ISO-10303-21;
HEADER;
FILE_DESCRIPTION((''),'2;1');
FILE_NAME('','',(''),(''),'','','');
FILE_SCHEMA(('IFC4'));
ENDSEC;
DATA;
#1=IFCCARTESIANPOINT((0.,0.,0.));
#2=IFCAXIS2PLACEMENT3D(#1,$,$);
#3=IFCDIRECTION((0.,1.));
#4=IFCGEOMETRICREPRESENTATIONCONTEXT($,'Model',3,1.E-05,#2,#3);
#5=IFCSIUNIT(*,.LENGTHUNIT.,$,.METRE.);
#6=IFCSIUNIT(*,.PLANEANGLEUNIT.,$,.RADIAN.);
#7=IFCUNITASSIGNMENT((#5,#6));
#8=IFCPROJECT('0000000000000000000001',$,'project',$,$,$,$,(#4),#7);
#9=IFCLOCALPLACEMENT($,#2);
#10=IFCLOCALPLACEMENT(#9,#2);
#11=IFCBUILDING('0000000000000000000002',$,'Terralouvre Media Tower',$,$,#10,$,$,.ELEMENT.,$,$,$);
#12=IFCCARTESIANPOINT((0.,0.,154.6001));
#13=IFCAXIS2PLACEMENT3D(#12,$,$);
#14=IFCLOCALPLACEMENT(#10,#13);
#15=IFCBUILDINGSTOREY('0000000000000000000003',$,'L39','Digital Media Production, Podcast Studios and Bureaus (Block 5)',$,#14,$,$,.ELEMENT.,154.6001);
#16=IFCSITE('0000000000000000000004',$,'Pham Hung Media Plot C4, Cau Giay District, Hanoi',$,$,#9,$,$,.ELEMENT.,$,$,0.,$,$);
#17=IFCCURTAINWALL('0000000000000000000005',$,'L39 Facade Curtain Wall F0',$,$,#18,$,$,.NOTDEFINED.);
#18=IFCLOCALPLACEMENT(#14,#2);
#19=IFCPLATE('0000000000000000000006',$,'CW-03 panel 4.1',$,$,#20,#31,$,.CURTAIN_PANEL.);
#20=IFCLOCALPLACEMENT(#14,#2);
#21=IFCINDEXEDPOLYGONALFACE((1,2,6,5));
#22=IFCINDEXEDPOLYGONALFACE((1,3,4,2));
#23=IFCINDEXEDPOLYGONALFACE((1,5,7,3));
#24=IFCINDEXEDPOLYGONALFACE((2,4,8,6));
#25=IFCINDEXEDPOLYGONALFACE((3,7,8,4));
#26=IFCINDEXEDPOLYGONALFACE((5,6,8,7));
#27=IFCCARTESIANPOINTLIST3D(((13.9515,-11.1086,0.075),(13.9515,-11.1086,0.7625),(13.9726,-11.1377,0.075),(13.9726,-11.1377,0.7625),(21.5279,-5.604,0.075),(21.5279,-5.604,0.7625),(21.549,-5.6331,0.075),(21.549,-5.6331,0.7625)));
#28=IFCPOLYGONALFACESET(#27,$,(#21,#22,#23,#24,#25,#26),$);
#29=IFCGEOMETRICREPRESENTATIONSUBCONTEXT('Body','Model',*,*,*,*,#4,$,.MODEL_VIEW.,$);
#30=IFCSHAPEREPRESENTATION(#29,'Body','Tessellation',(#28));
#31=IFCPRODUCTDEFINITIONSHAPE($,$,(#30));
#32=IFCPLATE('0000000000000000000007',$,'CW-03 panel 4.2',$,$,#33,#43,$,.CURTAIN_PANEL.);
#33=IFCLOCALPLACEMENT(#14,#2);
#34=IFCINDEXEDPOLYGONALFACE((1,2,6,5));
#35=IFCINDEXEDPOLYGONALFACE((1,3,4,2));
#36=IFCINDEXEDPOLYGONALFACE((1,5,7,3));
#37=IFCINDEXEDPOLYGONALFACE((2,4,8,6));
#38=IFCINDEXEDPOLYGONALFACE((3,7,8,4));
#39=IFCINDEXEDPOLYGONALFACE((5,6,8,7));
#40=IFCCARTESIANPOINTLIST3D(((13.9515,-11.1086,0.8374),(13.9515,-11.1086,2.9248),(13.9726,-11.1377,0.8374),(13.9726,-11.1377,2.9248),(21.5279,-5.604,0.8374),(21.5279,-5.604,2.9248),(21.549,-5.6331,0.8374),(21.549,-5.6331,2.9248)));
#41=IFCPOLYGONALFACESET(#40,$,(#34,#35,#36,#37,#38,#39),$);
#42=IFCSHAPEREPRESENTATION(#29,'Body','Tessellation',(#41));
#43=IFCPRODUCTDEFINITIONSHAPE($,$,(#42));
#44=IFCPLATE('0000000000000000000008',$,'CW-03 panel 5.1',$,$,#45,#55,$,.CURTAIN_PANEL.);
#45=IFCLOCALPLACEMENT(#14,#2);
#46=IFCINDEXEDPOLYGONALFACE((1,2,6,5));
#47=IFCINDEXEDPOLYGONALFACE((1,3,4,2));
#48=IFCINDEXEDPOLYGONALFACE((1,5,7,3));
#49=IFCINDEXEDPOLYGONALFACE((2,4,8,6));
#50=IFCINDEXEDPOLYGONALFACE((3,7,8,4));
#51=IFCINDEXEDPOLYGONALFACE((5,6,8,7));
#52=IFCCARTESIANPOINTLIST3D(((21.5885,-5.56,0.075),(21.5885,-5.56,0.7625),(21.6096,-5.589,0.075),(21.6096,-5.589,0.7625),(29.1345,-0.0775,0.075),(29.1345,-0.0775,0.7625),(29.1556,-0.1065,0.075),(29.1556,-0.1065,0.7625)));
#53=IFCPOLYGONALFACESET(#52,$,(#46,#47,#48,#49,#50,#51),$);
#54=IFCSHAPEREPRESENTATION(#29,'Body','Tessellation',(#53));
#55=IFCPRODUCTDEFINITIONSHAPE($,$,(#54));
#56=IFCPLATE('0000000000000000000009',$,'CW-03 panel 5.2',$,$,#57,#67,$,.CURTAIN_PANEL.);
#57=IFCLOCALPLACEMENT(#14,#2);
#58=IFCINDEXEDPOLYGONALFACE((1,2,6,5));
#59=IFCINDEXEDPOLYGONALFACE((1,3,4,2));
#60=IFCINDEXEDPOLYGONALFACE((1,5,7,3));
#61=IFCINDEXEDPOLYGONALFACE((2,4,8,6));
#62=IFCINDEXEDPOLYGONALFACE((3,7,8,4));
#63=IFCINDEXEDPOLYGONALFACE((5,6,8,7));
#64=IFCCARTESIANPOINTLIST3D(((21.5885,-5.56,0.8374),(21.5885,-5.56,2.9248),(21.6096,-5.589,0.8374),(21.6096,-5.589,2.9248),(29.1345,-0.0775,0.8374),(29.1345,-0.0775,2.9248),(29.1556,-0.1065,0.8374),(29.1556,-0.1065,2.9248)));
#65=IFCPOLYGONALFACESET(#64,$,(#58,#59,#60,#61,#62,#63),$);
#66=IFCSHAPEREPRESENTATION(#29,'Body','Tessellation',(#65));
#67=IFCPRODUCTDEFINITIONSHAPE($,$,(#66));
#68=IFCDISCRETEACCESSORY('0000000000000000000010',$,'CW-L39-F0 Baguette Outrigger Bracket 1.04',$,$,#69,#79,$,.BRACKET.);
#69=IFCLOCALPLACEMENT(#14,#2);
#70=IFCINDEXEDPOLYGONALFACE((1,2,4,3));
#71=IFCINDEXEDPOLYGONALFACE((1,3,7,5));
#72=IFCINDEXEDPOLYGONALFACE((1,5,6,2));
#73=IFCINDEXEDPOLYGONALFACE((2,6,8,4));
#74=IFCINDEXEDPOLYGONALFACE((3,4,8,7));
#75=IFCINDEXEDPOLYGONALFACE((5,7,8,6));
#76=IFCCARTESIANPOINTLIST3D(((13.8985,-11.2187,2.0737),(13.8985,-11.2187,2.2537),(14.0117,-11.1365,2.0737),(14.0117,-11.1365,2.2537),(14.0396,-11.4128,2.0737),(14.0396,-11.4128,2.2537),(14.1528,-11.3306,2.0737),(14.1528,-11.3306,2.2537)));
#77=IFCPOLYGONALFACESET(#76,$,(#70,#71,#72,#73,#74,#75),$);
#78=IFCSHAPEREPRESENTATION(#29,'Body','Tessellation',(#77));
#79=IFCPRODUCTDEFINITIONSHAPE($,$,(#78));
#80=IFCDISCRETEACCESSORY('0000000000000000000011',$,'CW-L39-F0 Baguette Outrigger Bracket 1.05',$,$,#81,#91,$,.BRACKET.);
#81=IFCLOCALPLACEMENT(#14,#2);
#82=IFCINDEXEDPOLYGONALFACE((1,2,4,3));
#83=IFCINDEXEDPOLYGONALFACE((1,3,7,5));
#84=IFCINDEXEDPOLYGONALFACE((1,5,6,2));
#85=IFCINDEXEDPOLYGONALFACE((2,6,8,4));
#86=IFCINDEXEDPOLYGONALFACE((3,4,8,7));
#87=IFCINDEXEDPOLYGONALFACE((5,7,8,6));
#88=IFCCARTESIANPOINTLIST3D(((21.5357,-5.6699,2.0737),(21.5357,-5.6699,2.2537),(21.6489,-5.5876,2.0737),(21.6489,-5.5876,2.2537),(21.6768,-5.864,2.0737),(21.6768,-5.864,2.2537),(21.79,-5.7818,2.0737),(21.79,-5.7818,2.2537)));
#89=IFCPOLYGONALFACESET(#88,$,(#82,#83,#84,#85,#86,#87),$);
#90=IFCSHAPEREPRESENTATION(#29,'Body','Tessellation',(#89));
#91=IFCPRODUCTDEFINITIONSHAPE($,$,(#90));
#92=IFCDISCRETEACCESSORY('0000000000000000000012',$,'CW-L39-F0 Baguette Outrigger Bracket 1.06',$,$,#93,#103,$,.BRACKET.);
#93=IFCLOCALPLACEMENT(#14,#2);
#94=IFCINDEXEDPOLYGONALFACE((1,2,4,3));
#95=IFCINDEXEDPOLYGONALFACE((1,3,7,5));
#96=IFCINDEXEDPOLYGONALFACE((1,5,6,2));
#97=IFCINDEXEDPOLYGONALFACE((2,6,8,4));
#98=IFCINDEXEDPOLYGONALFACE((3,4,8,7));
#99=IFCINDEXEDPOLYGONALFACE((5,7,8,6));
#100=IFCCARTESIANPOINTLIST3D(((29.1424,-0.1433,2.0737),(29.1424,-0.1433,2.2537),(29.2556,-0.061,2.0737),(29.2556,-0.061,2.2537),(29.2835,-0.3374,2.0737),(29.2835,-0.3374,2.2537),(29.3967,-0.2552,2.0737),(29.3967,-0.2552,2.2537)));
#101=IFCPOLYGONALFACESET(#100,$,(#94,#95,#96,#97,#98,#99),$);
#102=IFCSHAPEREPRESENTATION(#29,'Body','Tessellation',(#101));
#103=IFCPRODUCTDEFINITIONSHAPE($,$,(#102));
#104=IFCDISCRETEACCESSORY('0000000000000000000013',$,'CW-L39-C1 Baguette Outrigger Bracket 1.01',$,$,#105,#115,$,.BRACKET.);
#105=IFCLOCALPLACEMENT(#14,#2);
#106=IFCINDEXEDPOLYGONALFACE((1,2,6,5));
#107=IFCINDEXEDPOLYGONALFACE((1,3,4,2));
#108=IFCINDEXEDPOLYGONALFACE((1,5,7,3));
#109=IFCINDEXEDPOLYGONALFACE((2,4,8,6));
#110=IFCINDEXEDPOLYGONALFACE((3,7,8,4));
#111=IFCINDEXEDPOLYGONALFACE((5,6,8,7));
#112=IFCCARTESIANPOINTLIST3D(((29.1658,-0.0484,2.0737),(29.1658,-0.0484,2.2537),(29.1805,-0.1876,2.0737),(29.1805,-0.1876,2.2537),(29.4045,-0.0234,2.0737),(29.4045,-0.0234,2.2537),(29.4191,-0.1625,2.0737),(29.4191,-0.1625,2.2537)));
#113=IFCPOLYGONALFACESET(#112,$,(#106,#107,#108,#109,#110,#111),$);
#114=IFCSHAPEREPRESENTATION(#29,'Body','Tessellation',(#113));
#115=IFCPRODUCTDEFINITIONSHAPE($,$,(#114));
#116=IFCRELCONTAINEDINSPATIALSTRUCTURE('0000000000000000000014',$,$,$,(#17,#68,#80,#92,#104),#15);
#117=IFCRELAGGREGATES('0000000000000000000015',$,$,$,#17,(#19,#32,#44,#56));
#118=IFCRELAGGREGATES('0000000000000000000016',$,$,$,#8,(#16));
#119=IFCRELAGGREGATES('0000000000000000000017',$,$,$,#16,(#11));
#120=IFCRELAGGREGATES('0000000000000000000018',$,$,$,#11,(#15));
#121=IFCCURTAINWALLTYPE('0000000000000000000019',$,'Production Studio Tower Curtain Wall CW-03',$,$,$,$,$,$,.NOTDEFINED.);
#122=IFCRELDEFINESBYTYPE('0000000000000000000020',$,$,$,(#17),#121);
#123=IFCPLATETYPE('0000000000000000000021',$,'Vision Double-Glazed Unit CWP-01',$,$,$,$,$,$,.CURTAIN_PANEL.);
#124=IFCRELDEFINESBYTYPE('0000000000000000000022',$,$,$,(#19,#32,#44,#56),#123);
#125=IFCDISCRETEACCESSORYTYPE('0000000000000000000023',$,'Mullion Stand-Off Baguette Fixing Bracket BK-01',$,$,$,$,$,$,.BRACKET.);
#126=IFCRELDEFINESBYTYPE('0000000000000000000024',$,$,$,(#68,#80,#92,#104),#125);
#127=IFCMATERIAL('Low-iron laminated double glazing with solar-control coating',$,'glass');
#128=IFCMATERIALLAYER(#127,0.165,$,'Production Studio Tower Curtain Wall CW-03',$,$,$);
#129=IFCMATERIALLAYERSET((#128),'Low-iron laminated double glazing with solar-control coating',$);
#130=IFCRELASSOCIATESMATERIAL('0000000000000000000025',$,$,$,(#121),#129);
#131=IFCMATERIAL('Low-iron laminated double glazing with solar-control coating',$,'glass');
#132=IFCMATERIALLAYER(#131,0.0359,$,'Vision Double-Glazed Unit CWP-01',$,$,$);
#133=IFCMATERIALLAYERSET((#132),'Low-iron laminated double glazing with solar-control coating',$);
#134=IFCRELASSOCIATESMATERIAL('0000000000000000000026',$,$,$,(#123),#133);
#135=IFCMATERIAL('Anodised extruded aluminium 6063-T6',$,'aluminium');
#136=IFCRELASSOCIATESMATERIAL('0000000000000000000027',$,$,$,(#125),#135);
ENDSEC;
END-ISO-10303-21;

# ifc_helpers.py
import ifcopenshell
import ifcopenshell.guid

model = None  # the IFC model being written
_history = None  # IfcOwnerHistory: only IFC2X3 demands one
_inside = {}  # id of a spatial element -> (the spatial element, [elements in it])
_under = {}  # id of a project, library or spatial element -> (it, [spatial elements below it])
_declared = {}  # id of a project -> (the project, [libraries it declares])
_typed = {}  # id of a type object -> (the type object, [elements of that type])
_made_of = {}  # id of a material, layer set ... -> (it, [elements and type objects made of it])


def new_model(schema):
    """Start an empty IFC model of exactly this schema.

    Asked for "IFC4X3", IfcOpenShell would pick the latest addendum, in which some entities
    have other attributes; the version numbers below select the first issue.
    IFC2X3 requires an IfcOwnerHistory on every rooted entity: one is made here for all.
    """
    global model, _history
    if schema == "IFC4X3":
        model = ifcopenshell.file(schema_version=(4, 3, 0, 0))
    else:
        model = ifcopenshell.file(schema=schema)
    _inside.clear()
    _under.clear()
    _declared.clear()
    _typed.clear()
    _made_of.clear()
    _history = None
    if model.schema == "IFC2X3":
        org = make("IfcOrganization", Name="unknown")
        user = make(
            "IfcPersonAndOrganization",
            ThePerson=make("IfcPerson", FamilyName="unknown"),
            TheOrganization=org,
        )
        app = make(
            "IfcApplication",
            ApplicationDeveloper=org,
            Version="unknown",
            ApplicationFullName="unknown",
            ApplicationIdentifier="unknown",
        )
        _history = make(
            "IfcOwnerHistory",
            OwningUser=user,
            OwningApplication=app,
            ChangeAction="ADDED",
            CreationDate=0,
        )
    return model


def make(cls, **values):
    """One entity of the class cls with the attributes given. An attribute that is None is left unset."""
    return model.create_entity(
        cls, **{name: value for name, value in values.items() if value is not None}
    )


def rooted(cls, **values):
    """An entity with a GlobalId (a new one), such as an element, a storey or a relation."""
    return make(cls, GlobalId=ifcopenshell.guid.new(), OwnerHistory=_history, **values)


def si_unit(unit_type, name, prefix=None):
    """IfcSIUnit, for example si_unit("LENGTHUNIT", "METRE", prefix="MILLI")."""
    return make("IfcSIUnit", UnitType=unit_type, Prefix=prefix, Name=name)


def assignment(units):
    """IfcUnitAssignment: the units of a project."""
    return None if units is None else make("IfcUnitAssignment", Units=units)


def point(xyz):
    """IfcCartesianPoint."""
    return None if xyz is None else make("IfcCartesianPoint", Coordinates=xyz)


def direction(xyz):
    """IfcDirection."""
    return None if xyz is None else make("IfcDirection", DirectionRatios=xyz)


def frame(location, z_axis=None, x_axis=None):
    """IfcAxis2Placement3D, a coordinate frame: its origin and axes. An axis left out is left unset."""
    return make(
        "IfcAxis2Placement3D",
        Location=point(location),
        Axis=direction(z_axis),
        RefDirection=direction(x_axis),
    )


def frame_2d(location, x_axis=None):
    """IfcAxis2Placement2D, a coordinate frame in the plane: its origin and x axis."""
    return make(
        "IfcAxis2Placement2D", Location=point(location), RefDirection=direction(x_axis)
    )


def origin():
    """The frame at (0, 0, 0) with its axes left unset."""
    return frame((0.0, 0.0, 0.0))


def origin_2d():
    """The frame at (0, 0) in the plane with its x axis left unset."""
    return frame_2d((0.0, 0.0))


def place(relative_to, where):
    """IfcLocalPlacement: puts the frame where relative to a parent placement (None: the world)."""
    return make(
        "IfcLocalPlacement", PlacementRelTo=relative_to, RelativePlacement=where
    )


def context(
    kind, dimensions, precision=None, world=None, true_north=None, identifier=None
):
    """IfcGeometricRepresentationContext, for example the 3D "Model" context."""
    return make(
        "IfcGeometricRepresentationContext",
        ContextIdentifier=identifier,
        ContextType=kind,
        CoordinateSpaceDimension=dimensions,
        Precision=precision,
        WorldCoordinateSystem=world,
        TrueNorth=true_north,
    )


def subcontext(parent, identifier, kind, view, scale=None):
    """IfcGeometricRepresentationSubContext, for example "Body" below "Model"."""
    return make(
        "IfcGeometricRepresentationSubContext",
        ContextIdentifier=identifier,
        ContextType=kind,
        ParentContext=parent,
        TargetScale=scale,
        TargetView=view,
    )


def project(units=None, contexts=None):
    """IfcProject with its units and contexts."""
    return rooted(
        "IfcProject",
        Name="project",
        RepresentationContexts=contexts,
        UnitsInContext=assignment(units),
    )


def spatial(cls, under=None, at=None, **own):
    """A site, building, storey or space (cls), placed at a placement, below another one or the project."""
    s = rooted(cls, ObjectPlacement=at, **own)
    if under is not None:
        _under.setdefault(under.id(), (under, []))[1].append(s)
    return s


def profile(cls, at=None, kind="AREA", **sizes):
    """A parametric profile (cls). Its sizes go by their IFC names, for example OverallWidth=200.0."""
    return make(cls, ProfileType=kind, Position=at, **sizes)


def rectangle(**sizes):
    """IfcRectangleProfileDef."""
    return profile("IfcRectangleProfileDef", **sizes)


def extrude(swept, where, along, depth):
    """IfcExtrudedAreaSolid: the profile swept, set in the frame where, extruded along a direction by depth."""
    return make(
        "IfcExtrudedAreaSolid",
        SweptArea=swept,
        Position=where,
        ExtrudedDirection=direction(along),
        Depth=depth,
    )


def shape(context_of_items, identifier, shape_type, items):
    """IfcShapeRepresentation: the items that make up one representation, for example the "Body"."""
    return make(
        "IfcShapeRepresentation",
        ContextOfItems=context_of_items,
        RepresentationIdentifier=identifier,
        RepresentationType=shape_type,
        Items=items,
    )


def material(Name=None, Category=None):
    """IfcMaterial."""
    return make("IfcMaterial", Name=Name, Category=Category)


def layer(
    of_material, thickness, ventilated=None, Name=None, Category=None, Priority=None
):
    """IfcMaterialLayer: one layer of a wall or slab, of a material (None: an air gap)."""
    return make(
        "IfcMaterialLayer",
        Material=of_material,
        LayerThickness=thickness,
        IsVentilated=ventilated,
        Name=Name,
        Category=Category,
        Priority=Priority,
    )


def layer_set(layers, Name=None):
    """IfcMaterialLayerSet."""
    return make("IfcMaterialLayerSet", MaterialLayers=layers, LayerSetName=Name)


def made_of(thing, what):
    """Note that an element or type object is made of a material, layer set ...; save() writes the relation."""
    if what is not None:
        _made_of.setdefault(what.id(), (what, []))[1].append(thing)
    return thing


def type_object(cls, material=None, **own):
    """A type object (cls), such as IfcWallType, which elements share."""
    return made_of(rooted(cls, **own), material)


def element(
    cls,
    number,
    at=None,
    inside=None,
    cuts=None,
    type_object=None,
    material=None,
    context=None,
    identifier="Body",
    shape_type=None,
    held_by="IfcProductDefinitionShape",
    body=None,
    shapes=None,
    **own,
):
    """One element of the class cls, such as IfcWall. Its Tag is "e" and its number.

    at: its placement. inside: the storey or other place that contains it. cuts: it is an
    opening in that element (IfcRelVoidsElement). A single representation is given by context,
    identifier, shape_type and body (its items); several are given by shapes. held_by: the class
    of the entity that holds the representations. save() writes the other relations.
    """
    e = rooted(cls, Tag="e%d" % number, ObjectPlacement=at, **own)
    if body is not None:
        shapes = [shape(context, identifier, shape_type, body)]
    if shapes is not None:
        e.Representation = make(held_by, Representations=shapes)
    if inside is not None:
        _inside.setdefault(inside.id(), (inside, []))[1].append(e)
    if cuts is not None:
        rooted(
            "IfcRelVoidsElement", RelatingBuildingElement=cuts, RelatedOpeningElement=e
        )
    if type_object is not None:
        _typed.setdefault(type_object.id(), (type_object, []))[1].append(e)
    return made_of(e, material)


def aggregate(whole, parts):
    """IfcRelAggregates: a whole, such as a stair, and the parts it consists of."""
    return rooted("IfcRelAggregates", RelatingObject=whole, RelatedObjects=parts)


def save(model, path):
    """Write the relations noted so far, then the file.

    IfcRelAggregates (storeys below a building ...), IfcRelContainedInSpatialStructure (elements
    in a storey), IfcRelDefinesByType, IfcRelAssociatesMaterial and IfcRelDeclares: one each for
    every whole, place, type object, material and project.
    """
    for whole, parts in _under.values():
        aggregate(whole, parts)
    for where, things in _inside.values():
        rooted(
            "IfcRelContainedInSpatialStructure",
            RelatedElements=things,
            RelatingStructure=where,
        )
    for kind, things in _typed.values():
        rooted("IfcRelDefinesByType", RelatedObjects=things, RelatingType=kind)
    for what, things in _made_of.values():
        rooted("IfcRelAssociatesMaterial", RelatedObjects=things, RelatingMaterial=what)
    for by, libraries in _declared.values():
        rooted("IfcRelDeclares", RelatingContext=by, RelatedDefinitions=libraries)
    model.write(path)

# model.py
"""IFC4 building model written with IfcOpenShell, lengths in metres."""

from ifc_helpers import new_model, si_unit, direction, frame, origin, origin_2d, place, context, subcontext, project, spatial, rectangle, extrude, material, layer, layer_set, type_object, element, aggregate, save


model = new_model("IFC4")

# Units and contexts
model_context = context("Model", 3, precision=1e-05, world=origin(), true_north=direction((0.0, 1.0)))
body_context = subcontext(model_context, "Body", "Model", "MODEL_VIEW")
ifc_project = project(units=[si_unit("LENGTHUNIT", "METRE"), si_unit("PLANEANGLEUNIT", "RADIAN")], contexts=[model_context])

# Site, building, storey
site_placement = place(None, origin())
site = spatial("IfcSite", under=ifc_project, at=site_placement, Name="Pham Hung Media Plot C4, Cau Giay District, Hanoi", CompositionType="ELEMENT", RefElevation=0.0)
building_placement = place(site_placement, origin())
building = spatial("IfcBuilding", under=site, at=building_placement, Name="Terralouvre Media Tower", CompositionType="ELEMENT")
storey_placement = place(building_placement, frame((0.0, 0.0, 154.6001)))
storey = spatial("IfcBuildingStorey", under=building, at=storey_placement, Name="L39", Description="Digital Media Production, Podcast Studios and Bureaus (Block 5)", CompositionType="ELEMENT", Elevation=154.6001)

# Curtain wall
ifc_material_1 = material(Name="Low-iron laminated double glazing with solar-control coating", Category="glass")
ifc_layer_1 = layer(ifc_material_1, 0.165, Name="Production Studio Tower Curtain Wall CW-03")
ifc_layer_set_1 = layer_set([ifc_layer_1], Name="Low-iron laminated double glazing with solar-control coating")
curtain_wall_type_1 = type_object("IfcCurtainWallType", Name="Production Studio Tower Curtain Wall CW-03", PredefinedType="NOTDEFINED", material=ifc_layer_set_1)
curtain_wall_1_placement = place(storey_placement, origin())
curtain_wall_1 = element("IfcCurtainWall", 1, at=curtain_wall_1_placement, inside=storey, type_object=curtain_wall_type_1, Name="L39 Facade Curtain Wall F0", PredefinedType="NOTDEFINED")

# Plates
ifc_material_2 = material(Name="Low-iron laminated double glazing with solar-control coating", Category="glass")
ifc_layer_2 = layer(ifc_material_2, 0.0359, Name="Vision Double-Glazed Unit CWP-01")
ifc_layer_set_2 = layer_set([ifc_layer_2], Name="Low-iron laminated double glazing with solar-control coating")
plate_type = type_object("IfcPlateType", Name="Vision Double-Glazed Unit CWP-01", PredefinedType="CURTAIN_PANEL", material=ifc_layer_set_2)
plate_1_placement = place(storey_placement, frame((17.7502, -8.3708, 0.075), z_axis=(0.0, 0.0, 1.0), x_axis=(0.809017, 0.587785, 0.0)))
plate_1 = element("IfcPlate", 2, at=plate_1_placement, type_object=plate_type, Name="CW-03 panel 4.1", PredefinedType="CURTAIN_PANEL", context=body_context, shape_type="SweptSolid", body=[
    extrude(rectangle(XDim=9.365, YDim=0.0359, at=origin_2d()), origin(), (0.0, 0.0, 1.0), 0.6875),
])
plate_2_placement = place(storey_placement, frame((17.7502, -8.3708, 0.8374), z_axis=(0.0, 0.0, 1.0), x_axis=(0.809017, 0.587785, 0.0)))
plate_2 = element("IfcPlate", 3, at=plate_2_placement, type_object=plate_type, Name="CW-03 panel 4.2", PredefinedType="CURTAIN_PANEL", context=body_context, shape_type="SweptSolid", body=[
    extrude(rectangle(XDim=9.365, YDim=0.0359, at=origin_2d()), origin(), (0.0, 0.0, 1.0), 2.0874),
])
plate_3_placement = place(storey_placement, frame((25.3721, -2.8333, 0.075), z_axis=(0.0, 0.0, 1.0), x_axis=(0.809017, 0.587785, 0.0)))
plate_3 = element("IfcPlate", 4, at=plate_3_placement, type_object=plate_type, Name="CW-03 panel 5.1", PredefinedType="CURTAIN_PANEL", context=body_context, shape_type="SweptSolid", body=[
    extrude(rectangle(XDim=9.3274, YDim=0.0359, at=origin_2d()), origin(), (0.0, 0.0, 1.0), 0.6875),
])
plate_4_placement = place(storey_placement, frame((25.3721, -2.8333, 0.8374), z_axis=(0.0, 0.0, 1.0), x_axis=(0.809017, 0.587785, 0.0)))
plate_4 = element("IfcPlate", 5, at=plate_4_placement, type_object=plate_type, Name="CW-03 panel 5.2", PredefinedType="CURTAIN_PANEL", context=body_context, shape_type="SweptSolid", body=[
    extrude(rectangle(XDim=9.3274, YDim=0.0359, at=origin_2d()), origin(), (0.0, 0.0, 1.0), 2.0874),
])
aggregate(curtain_wall_1, [plate_1, plate_2, plate_3, plate_4])

# Discrete accessories
ifc_material_3 = material(Name="Anodised extruded aluminium 6063-T6", Category="aluminium")
discrete_accessory_type = type_object("IfcDiscreteAccessoryType", Name="Mullion Stand-Off Baguette Fixing Bracket BK-01", PredefinedType="BRACKET", material=ifc_material_3)
for number, where, z_axis, x_axis, name in (
    (6, (14.0256, -11.2747, 2.0737), (0.0, 0.0, 1.0), (0.809017, 0.587785, 0.0), "CW-L39-F0 Baguette Outrigger Bracket 1.04"),
    (7, (21.6628, -5.7258, 2.0737), (0.0, 0.0, 1.0), (0.809017, 0.587785, 0.0), "CW-L39-F0 Baguette Outrigger Bracket 1.05"),
    (8, (29.2695, -0.1992, 2.0737), (0.0, 0.0, 1.0), (0.809017, 0.587785, 0.0), "CW-L39-F0 Baguette Outrigger Bracket 1.06"),
    (9, (29.2925, -0.1055, 2.0737), (0.0, 0.0, 1.0), (-0.104529, 0.994522, 0.0), "CW-L39-C1 Baguette Outrigger Bracket 1.01"),
):
    element("IfcDiscreteAccessory", number, at=place(storey_placement, frame(where, z_axis=z_axis, x_axis=x_axis)), inside=storey, type_object=discrete_accessory_type, Name=name, PredefinedType="BRACKET", context=body_context, shape_type="SweptSolid", body=[
        extrude(rectangle(XDim=0.1399, YDim=0.24, at=origin_2d()), origin(), (0.0, 0.0, 1.0), 0.1799),
    ])

save(model, "model.ifc")
